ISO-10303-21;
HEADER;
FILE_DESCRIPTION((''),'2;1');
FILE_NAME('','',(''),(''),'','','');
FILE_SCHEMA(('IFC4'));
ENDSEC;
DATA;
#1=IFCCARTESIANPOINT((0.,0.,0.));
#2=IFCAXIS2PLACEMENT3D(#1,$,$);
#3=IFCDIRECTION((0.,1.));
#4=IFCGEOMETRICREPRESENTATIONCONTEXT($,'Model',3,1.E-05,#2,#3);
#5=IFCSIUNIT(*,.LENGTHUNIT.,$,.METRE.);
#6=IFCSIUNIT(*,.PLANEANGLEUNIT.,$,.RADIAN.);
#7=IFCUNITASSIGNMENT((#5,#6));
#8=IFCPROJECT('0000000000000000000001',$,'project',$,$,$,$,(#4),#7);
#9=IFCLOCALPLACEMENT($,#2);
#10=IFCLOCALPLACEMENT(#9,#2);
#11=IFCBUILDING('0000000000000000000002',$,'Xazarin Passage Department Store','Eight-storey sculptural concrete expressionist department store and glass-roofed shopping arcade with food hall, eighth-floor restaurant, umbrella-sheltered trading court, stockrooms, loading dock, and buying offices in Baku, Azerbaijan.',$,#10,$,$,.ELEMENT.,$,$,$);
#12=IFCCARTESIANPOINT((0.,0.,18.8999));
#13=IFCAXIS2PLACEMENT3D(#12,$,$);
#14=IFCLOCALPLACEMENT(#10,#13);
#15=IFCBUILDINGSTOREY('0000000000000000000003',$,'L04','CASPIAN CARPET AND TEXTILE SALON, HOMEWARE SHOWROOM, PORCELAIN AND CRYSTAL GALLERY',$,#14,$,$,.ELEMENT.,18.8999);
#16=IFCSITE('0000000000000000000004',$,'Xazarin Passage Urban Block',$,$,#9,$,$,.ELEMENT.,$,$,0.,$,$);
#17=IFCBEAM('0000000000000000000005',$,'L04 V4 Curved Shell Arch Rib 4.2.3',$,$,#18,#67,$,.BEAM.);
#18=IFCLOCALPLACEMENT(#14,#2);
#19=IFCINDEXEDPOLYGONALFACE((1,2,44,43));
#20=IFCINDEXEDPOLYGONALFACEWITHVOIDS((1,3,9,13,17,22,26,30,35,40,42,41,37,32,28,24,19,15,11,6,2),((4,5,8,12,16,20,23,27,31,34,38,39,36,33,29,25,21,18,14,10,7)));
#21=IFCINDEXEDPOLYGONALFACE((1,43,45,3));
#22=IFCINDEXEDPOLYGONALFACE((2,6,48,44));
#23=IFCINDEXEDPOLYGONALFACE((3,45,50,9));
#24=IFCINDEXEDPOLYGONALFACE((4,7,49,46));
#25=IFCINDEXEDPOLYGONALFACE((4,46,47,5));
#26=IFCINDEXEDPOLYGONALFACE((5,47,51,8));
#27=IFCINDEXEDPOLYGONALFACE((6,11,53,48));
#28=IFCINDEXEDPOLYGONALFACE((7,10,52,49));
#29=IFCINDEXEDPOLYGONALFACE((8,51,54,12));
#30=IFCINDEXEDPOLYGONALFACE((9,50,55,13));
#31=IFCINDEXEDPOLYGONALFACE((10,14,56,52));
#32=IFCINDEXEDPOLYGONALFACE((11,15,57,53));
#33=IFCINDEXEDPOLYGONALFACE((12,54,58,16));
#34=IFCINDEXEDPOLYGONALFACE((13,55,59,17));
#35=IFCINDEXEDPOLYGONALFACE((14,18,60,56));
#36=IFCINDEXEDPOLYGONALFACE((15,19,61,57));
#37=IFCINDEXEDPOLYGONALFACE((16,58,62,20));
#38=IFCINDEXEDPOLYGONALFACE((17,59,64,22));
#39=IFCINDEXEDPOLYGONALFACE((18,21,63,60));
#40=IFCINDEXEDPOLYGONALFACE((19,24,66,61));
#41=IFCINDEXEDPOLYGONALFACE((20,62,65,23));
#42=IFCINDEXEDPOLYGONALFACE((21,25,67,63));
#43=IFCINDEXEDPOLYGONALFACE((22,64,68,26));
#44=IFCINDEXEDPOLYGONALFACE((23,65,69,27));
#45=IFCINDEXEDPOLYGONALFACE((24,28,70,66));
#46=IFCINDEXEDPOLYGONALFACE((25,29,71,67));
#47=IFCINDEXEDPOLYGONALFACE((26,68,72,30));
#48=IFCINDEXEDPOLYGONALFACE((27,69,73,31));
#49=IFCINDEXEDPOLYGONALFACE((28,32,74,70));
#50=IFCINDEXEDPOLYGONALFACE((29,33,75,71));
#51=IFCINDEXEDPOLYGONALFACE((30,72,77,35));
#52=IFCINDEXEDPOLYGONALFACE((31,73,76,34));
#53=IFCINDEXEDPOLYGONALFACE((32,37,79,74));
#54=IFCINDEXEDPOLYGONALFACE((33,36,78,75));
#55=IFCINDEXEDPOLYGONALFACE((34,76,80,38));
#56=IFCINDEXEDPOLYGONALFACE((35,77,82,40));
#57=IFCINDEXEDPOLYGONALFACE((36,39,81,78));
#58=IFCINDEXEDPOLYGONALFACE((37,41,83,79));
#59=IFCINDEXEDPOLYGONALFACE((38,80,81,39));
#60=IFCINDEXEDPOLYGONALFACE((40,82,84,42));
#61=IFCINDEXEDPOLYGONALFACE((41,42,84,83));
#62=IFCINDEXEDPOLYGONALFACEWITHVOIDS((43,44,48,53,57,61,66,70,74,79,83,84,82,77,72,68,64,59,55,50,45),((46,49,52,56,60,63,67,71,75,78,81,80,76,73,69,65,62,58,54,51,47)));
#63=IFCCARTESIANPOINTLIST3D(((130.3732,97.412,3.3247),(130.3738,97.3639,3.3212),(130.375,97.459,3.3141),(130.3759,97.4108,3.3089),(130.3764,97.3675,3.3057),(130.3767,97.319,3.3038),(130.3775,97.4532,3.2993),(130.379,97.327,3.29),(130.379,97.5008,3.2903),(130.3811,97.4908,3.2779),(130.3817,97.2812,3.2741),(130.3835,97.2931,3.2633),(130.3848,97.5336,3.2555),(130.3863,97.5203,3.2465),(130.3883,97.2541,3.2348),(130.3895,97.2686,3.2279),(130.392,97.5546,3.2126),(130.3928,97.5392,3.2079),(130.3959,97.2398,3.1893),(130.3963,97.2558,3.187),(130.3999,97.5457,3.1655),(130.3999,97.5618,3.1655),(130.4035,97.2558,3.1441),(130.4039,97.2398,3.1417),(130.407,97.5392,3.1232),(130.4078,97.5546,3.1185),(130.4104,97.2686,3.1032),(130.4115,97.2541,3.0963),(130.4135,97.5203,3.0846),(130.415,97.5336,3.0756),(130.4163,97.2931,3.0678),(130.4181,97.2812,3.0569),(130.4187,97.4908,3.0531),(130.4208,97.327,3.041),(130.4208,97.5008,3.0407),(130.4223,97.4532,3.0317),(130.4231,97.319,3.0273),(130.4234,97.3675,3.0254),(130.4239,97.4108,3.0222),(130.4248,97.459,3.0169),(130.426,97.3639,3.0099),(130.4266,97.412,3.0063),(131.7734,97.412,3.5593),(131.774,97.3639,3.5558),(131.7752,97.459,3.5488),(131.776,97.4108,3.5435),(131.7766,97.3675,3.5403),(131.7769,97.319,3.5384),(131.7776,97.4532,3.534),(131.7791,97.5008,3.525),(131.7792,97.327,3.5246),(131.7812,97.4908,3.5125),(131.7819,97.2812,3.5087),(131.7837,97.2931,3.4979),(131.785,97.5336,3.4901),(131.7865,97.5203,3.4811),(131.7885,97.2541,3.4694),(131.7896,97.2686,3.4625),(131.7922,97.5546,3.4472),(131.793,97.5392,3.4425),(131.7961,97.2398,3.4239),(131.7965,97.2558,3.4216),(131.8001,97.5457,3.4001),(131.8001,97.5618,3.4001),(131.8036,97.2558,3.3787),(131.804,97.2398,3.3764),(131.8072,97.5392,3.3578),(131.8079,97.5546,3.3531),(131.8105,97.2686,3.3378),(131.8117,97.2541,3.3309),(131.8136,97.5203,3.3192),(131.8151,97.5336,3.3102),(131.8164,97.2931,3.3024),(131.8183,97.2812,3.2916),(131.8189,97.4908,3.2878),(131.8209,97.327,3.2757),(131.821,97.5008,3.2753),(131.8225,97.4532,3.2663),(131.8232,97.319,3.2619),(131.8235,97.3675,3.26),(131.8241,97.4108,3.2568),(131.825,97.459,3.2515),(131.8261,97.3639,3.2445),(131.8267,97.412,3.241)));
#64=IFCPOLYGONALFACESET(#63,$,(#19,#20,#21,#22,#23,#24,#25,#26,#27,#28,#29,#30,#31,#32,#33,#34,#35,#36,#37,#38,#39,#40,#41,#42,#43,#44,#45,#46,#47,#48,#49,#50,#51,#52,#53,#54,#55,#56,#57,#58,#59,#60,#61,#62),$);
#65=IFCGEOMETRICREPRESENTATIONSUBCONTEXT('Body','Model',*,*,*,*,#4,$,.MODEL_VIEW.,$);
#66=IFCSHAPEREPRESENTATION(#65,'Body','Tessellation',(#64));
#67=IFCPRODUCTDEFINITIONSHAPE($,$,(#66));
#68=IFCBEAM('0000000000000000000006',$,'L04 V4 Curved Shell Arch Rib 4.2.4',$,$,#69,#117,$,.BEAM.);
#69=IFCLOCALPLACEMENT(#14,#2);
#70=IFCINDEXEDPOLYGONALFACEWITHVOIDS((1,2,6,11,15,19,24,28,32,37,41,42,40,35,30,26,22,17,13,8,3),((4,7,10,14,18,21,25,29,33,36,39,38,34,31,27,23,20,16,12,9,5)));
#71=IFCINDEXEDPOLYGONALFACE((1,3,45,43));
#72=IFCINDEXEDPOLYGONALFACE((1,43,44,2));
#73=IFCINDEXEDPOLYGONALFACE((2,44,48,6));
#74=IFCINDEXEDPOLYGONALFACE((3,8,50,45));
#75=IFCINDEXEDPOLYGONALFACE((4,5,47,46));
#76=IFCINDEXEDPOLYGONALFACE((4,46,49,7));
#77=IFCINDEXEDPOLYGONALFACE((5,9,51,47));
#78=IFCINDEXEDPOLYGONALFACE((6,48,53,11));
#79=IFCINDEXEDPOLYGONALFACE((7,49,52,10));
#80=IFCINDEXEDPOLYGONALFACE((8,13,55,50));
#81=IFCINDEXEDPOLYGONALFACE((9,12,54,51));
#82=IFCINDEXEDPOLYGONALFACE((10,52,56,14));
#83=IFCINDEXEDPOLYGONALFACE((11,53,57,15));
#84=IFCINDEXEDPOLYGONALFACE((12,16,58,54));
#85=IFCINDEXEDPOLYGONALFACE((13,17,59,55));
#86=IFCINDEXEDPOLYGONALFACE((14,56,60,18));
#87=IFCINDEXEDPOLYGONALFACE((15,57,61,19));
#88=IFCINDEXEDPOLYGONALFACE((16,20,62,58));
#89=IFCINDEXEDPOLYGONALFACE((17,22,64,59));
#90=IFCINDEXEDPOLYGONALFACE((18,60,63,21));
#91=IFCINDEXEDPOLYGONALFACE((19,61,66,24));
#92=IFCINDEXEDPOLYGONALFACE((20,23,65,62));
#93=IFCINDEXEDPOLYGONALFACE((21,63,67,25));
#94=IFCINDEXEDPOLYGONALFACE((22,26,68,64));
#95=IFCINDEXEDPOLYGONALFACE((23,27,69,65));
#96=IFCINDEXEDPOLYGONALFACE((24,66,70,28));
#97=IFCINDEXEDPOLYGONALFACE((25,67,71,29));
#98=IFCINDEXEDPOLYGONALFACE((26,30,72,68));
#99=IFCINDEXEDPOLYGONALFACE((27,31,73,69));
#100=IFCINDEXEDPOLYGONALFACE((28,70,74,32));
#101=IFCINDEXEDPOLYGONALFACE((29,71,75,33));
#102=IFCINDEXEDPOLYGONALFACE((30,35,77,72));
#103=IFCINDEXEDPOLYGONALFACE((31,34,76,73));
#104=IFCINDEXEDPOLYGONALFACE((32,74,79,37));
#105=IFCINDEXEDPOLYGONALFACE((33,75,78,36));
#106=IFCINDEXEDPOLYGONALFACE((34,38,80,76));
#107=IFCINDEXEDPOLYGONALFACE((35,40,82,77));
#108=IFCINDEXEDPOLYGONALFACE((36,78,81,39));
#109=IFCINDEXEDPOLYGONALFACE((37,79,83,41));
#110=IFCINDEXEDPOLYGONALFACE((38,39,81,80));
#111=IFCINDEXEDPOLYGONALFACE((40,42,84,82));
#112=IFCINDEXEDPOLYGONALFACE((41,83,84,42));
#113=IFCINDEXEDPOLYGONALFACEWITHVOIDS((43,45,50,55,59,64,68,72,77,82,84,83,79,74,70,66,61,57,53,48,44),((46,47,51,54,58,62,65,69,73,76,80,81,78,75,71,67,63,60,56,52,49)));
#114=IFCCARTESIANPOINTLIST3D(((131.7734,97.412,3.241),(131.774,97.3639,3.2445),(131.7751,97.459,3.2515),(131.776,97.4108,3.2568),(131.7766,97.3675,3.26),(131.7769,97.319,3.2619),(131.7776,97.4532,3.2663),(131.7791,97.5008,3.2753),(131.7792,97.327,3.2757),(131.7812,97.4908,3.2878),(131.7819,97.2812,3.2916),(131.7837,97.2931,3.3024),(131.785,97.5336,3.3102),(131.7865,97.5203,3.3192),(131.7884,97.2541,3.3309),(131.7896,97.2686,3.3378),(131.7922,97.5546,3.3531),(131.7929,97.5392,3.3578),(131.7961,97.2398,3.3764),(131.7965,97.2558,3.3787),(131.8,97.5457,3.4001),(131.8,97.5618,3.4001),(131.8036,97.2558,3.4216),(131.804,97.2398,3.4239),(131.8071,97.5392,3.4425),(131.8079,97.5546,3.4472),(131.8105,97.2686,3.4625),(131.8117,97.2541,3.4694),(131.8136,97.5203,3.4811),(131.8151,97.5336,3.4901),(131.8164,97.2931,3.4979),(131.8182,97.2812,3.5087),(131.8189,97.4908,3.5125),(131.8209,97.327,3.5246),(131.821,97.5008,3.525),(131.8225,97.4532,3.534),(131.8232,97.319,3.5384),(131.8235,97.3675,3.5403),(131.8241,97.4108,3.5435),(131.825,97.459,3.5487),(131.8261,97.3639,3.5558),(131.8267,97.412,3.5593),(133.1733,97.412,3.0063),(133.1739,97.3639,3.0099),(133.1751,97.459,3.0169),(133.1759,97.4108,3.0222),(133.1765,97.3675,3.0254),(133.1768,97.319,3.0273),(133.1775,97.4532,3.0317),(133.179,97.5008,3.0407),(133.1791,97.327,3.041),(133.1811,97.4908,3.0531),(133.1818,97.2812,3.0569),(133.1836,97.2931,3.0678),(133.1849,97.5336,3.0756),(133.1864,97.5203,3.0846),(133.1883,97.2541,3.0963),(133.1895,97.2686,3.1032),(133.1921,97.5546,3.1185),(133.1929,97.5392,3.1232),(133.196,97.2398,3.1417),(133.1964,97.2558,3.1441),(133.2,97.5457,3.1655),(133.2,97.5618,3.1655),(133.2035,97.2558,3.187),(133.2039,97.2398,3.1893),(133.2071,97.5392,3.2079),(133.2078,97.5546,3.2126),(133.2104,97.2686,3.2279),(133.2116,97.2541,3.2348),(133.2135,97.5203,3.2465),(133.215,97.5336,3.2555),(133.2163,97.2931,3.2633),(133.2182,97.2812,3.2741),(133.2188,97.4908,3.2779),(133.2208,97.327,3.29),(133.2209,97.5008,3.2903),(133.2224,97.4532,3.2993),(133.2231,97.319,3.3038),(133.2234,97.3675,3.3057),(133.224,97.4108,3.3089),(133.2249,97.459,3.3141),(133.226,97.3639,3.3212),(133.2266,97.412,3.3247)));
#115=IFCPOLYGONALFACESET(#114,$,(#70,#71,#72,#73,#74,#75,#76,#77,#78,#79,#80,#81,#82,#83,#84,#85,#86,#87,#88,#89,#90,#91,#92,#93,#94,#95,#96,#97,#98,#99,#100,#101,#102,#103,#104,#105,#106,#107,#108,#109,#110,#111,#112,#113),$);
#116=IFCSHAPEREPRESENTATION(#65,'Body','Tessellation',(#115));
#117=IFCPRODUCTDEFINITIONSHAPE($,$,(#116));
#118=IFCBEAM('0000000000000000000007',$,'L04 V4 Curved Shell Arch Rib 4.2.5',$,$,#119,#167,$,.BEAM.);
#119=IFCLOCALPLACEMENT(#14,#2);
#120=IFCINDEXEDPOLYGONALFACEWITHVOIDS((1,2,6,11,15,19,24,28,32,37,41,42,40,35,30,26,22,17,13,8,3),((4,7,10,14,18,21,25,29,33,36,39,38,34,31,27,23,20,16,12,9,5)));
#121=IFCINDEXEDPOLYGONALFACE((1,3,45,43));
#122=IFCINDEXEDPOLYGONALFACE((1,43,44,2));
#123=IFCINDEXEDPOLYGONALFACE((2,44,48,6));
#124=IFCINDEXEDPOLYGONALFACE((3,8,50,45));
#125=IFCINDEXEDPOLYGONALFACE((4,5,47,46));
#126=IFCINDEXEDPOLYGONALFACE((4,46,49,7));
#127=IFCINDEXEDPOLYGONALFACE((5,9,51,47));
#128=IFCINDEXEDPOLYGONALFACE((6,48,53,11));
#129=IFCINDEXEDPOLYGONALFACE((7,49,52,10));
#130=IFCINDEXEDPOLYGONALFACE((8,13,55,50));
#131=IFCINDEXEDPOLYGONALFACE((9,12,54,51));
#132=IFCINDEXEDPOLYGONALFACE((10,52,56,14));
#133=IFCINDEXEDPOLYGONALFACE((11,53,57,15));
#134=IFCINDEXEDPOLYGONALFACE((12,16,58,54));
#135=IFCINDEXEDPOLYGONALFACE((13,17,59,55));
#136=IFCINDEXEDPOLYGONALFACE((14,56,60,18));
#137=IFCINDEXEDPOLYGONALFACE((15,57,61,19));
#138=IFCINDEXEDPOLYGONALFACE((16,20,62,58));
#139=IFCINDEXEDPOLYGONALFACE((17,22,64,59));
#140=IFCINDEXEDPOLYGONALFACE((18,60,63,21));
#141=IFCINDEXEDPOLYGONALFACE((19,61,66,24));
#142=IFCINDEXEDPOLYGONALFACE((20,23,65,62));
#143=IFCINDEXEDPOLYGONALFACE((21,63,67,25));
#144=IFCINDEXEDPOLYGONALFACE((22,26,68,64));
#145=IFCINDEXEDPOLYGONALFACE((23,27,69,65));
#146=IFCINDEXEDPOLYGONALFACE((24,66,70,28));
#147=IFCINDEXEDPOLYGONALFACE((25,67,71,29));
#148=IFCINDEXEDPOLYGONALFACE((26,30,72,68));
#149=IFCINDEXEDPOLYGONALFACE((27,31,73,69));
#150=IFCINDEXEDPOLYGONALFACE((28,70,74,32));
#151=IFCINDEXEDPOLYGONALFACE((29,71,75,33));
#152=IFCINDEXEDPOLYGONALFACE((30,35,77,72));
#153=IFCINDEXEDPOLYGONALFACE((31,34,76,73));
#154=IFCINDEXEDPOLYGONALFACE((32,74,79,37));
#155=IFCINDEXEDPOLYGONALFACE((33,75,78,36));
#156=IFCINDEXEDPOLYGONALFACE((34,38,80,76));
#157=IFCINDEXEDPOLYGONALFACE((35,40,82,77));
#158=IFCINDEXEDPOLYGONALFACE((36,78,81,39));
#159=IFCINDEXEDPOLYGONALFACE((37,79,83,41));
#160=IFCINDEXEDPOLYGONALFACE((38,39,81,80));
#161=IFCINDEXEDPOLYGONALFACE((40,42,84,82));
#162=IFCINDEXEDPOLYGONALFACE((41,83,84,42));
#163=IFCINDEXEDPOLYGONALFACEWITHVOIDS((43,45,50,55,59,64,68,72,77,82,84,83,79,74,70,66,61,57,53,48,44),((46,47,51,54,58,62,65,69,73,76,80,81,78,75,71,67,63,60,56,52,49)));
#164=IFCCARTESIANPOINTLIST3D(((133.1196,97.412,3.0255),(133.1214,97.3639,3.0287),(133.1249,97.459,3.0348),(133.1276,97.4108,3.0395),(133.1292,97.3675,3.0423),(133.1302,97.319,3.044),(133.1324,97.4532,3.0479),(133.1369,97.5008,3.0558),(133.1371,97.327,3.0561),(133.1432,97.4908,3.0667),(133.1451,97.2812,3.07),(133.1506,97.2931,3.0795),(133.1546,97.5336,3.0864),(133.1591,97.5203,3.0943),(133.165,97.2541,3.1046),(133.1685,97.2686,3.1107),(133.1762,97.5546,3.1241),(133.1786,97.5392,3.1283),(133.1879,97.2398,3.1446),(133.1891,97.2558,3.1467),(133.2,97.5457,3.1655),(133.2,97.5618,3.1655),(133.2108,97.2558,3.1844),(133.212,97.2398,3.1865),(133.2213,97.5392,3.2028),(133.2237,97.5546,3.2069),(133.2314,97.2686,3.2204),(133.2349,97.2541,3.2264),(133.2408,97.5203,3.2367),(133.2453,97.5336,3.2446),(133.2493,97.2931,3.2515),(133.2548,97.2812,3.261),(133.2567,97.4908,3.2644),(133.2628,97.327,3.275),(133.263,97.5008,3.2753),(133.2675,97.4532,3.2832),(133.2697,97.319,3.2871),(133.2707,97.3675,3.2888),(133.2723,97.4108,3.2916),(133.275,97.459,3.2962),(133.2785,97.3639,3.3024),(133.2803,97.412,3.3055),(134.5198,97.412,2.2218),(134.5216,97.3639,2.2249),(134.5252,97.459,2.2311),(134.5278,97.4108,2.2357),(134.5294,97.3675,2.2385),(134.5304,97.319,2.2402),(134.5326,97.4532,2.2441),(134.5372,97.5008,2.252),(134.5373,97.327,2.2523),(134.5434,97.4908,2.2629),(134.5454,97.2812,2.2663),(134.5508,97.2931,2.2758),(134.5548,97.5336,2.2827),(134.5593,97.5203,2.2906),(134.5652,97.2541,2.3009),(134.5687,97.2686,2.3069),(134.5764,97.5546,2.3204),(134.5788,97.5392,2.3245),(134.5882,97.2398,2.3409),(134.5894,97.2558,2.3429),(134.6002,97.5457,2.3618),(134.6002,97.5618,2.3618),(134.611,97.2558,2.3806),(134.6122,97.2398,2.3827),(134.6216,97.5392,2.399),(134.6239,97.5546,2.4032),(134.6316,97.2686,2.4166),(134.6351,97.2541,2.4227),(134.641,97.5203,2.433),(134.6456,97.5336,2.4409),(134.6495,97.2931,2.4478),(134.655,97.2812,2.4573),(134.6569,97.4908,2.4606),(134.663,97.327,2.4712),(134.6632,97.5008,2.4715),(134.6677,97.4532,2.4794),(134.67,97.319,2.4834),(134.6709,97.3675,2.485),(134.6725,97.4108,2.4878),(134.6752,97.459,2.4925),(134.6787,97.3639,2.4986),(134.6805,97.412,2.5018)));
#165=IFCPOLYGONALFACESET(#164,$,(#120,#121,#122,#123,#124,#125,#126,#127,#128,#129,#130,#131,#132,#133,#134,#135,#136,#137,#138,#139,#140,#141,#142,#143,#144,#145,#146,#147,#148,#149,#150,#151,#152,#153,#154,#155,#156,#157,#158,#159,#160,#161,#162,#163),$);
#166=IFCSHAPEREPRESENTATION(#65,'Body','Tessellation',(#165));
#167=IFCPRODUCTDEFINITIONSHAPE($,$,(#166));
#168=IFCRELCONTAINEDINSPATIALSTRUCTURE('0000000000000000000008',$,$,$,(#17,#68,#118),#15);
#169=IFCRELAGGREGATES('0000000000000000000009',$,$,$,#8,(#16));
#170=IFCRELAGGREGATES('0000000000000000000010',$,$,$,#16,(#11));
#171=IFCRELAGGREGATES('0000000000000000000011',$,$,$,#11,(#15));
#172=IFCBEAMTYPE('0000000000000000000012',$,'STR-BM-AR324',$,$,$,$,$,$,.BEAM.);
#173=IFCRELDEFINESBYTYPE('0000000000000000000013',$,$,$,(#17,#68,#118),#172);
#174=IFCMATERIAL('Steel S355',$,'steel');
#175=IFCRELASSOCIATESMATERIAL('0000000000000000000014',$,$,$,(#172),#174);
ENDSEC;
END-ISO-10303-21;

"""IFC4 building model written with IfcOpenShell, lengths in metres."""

from ifc_helpers import new_model, si_unit, direction, frame, origin, origin_2d, place, context, subcontext, project, spatial, hollow_circle, extrude, material, material_profile, profile_set, type_object, element, save


model = new_model("IFC4")

# Units and contexts
model_context = context("Model", 3, precision=1e-05, world=origin(), true_north=direction((0.0, 1.0)))
body_context = subcontext(model_context, "Body", "Model", "MODEL_VIEW")
ifc_project = project(units=[si_unit("LENGTHUNIT", "METRE"), si_unit("PLANEANGLEUNIT", "RADIAN")], contexts=[model_context])

# Site, building, storey
site_placement = place(None, origin())
site = spatial("IfcSite", under=ifc_project, at=site_placement, Name="Xazarin Passage Urban Block", CompositionType="ELEMENT", RefElevation=0.0)
building_placement = place(site_placement, origin())
building = spatial("IfcBuilding", under=site, at=building_placement, Name="Xazarin Passage Department Store", Description="Eight-storey sculptural concrete expressionist department store and glass-roofed shopping arcade with food hall, eighth-floor restaurant, umbrella-sheltered trading court, stockrooms, loading dock, and buying offices in Baku, Azerbaijan.", CompositionType="ELEMENT")
storey_placement = place(building_placement, frame((0.0, 0.0, 18.8999)))
storey = spatial("IfcBuildingStorey", under=building, at=storey_placement, Name="L04", Description="CASPIAN CARPET AND TEXTILE SALON, HOMEWARE SHOWROOM, PORCELAIN AND CRYSTAL GALLERY", CompositionType="ELEMENT", Elevation=18.8999)

# Beams
ifc_material_1 = material(Name="Steel S355", Category="steel")
ifc_material_profile_1 = material_profile(ifc_material_1, hollow_circle(Radius=0.1619, WallThickness=0.0161, at=origin_2d()), Name="CHS 323.9x16")
ifc_profile_set_1 = profile_set([ifc_material_profile_1], Name="Steel S355")
beam_type_1 = type_object("IfcBeamType", Name="STR-BM-AR324", PredefinedType="BEAM", material=ifc_profile_set_1)
beam_1_placement = place(storey_placement, frame((130.3999, 97.3999, 3.1655), z_axis=(0.986249, 0.0, 0.165263), x_axis=(0.0, 1.0, 0.0)))
element("IfcBeam", 1, at=beam_1_placement, inside=storey, type_object=beam_type_1, Name="L04 V4 Curved Shell Arch Rib 4.2.3", PredefinedType="BEAM", context=body_context, shape_type="SweptSolid", body=[
    extrude(hollow_circle(Radius=0.1619, WallThickness=0.0161, at=origin_2d()), origin(), (0.0, 0.0, 1.0), 1.4197),
])
beam_2_placement = place(storey_placement, frame((131.8, 97.3999, 3.4001), z_axis=(0.986245, 0.0, -0.165291), x_axis=(0.0, 1.0, 0.0)))
element("IfcBeam", 2, at=beam_2_placement, inside=storey, type_object=beam_type_1, Name="L04 V4 Curved Shell Arch Rib 4.2.4", PredefinedType="BEAM", context=body_context, shape_type="SweptSolid", body=[
    extrude(hollow_circle(Radius=0.1619, WallThickness=0.0161, at=origin_2d()), origin(), (0.0, 0.0, 1.0), 1.4194),
])
beam_3_placement = place(storey_placement, frame((133.2, 97.3999, 3.1655), z_axis=(0.867274, 0.0, -0.497832), x_axis=(0.0, 1.0, 0.0)))
element("IfcBeam", 3, at=beam_3_placement, inside=storey, type_object=beam_type_1, Name="L04 V4 Curved Shell Arch Rib 4.2.5", PredefinedType="BEAM", context=body_context, shape_type="SweptSolid", body=[
    extrude(hollow_circle(Radius=0.1619, WallThickness=0.0161, at=origin_2d()), origin(), (0.0, 0.0, 1.0), 1.6145),
])

save(model, "model.ifc")
